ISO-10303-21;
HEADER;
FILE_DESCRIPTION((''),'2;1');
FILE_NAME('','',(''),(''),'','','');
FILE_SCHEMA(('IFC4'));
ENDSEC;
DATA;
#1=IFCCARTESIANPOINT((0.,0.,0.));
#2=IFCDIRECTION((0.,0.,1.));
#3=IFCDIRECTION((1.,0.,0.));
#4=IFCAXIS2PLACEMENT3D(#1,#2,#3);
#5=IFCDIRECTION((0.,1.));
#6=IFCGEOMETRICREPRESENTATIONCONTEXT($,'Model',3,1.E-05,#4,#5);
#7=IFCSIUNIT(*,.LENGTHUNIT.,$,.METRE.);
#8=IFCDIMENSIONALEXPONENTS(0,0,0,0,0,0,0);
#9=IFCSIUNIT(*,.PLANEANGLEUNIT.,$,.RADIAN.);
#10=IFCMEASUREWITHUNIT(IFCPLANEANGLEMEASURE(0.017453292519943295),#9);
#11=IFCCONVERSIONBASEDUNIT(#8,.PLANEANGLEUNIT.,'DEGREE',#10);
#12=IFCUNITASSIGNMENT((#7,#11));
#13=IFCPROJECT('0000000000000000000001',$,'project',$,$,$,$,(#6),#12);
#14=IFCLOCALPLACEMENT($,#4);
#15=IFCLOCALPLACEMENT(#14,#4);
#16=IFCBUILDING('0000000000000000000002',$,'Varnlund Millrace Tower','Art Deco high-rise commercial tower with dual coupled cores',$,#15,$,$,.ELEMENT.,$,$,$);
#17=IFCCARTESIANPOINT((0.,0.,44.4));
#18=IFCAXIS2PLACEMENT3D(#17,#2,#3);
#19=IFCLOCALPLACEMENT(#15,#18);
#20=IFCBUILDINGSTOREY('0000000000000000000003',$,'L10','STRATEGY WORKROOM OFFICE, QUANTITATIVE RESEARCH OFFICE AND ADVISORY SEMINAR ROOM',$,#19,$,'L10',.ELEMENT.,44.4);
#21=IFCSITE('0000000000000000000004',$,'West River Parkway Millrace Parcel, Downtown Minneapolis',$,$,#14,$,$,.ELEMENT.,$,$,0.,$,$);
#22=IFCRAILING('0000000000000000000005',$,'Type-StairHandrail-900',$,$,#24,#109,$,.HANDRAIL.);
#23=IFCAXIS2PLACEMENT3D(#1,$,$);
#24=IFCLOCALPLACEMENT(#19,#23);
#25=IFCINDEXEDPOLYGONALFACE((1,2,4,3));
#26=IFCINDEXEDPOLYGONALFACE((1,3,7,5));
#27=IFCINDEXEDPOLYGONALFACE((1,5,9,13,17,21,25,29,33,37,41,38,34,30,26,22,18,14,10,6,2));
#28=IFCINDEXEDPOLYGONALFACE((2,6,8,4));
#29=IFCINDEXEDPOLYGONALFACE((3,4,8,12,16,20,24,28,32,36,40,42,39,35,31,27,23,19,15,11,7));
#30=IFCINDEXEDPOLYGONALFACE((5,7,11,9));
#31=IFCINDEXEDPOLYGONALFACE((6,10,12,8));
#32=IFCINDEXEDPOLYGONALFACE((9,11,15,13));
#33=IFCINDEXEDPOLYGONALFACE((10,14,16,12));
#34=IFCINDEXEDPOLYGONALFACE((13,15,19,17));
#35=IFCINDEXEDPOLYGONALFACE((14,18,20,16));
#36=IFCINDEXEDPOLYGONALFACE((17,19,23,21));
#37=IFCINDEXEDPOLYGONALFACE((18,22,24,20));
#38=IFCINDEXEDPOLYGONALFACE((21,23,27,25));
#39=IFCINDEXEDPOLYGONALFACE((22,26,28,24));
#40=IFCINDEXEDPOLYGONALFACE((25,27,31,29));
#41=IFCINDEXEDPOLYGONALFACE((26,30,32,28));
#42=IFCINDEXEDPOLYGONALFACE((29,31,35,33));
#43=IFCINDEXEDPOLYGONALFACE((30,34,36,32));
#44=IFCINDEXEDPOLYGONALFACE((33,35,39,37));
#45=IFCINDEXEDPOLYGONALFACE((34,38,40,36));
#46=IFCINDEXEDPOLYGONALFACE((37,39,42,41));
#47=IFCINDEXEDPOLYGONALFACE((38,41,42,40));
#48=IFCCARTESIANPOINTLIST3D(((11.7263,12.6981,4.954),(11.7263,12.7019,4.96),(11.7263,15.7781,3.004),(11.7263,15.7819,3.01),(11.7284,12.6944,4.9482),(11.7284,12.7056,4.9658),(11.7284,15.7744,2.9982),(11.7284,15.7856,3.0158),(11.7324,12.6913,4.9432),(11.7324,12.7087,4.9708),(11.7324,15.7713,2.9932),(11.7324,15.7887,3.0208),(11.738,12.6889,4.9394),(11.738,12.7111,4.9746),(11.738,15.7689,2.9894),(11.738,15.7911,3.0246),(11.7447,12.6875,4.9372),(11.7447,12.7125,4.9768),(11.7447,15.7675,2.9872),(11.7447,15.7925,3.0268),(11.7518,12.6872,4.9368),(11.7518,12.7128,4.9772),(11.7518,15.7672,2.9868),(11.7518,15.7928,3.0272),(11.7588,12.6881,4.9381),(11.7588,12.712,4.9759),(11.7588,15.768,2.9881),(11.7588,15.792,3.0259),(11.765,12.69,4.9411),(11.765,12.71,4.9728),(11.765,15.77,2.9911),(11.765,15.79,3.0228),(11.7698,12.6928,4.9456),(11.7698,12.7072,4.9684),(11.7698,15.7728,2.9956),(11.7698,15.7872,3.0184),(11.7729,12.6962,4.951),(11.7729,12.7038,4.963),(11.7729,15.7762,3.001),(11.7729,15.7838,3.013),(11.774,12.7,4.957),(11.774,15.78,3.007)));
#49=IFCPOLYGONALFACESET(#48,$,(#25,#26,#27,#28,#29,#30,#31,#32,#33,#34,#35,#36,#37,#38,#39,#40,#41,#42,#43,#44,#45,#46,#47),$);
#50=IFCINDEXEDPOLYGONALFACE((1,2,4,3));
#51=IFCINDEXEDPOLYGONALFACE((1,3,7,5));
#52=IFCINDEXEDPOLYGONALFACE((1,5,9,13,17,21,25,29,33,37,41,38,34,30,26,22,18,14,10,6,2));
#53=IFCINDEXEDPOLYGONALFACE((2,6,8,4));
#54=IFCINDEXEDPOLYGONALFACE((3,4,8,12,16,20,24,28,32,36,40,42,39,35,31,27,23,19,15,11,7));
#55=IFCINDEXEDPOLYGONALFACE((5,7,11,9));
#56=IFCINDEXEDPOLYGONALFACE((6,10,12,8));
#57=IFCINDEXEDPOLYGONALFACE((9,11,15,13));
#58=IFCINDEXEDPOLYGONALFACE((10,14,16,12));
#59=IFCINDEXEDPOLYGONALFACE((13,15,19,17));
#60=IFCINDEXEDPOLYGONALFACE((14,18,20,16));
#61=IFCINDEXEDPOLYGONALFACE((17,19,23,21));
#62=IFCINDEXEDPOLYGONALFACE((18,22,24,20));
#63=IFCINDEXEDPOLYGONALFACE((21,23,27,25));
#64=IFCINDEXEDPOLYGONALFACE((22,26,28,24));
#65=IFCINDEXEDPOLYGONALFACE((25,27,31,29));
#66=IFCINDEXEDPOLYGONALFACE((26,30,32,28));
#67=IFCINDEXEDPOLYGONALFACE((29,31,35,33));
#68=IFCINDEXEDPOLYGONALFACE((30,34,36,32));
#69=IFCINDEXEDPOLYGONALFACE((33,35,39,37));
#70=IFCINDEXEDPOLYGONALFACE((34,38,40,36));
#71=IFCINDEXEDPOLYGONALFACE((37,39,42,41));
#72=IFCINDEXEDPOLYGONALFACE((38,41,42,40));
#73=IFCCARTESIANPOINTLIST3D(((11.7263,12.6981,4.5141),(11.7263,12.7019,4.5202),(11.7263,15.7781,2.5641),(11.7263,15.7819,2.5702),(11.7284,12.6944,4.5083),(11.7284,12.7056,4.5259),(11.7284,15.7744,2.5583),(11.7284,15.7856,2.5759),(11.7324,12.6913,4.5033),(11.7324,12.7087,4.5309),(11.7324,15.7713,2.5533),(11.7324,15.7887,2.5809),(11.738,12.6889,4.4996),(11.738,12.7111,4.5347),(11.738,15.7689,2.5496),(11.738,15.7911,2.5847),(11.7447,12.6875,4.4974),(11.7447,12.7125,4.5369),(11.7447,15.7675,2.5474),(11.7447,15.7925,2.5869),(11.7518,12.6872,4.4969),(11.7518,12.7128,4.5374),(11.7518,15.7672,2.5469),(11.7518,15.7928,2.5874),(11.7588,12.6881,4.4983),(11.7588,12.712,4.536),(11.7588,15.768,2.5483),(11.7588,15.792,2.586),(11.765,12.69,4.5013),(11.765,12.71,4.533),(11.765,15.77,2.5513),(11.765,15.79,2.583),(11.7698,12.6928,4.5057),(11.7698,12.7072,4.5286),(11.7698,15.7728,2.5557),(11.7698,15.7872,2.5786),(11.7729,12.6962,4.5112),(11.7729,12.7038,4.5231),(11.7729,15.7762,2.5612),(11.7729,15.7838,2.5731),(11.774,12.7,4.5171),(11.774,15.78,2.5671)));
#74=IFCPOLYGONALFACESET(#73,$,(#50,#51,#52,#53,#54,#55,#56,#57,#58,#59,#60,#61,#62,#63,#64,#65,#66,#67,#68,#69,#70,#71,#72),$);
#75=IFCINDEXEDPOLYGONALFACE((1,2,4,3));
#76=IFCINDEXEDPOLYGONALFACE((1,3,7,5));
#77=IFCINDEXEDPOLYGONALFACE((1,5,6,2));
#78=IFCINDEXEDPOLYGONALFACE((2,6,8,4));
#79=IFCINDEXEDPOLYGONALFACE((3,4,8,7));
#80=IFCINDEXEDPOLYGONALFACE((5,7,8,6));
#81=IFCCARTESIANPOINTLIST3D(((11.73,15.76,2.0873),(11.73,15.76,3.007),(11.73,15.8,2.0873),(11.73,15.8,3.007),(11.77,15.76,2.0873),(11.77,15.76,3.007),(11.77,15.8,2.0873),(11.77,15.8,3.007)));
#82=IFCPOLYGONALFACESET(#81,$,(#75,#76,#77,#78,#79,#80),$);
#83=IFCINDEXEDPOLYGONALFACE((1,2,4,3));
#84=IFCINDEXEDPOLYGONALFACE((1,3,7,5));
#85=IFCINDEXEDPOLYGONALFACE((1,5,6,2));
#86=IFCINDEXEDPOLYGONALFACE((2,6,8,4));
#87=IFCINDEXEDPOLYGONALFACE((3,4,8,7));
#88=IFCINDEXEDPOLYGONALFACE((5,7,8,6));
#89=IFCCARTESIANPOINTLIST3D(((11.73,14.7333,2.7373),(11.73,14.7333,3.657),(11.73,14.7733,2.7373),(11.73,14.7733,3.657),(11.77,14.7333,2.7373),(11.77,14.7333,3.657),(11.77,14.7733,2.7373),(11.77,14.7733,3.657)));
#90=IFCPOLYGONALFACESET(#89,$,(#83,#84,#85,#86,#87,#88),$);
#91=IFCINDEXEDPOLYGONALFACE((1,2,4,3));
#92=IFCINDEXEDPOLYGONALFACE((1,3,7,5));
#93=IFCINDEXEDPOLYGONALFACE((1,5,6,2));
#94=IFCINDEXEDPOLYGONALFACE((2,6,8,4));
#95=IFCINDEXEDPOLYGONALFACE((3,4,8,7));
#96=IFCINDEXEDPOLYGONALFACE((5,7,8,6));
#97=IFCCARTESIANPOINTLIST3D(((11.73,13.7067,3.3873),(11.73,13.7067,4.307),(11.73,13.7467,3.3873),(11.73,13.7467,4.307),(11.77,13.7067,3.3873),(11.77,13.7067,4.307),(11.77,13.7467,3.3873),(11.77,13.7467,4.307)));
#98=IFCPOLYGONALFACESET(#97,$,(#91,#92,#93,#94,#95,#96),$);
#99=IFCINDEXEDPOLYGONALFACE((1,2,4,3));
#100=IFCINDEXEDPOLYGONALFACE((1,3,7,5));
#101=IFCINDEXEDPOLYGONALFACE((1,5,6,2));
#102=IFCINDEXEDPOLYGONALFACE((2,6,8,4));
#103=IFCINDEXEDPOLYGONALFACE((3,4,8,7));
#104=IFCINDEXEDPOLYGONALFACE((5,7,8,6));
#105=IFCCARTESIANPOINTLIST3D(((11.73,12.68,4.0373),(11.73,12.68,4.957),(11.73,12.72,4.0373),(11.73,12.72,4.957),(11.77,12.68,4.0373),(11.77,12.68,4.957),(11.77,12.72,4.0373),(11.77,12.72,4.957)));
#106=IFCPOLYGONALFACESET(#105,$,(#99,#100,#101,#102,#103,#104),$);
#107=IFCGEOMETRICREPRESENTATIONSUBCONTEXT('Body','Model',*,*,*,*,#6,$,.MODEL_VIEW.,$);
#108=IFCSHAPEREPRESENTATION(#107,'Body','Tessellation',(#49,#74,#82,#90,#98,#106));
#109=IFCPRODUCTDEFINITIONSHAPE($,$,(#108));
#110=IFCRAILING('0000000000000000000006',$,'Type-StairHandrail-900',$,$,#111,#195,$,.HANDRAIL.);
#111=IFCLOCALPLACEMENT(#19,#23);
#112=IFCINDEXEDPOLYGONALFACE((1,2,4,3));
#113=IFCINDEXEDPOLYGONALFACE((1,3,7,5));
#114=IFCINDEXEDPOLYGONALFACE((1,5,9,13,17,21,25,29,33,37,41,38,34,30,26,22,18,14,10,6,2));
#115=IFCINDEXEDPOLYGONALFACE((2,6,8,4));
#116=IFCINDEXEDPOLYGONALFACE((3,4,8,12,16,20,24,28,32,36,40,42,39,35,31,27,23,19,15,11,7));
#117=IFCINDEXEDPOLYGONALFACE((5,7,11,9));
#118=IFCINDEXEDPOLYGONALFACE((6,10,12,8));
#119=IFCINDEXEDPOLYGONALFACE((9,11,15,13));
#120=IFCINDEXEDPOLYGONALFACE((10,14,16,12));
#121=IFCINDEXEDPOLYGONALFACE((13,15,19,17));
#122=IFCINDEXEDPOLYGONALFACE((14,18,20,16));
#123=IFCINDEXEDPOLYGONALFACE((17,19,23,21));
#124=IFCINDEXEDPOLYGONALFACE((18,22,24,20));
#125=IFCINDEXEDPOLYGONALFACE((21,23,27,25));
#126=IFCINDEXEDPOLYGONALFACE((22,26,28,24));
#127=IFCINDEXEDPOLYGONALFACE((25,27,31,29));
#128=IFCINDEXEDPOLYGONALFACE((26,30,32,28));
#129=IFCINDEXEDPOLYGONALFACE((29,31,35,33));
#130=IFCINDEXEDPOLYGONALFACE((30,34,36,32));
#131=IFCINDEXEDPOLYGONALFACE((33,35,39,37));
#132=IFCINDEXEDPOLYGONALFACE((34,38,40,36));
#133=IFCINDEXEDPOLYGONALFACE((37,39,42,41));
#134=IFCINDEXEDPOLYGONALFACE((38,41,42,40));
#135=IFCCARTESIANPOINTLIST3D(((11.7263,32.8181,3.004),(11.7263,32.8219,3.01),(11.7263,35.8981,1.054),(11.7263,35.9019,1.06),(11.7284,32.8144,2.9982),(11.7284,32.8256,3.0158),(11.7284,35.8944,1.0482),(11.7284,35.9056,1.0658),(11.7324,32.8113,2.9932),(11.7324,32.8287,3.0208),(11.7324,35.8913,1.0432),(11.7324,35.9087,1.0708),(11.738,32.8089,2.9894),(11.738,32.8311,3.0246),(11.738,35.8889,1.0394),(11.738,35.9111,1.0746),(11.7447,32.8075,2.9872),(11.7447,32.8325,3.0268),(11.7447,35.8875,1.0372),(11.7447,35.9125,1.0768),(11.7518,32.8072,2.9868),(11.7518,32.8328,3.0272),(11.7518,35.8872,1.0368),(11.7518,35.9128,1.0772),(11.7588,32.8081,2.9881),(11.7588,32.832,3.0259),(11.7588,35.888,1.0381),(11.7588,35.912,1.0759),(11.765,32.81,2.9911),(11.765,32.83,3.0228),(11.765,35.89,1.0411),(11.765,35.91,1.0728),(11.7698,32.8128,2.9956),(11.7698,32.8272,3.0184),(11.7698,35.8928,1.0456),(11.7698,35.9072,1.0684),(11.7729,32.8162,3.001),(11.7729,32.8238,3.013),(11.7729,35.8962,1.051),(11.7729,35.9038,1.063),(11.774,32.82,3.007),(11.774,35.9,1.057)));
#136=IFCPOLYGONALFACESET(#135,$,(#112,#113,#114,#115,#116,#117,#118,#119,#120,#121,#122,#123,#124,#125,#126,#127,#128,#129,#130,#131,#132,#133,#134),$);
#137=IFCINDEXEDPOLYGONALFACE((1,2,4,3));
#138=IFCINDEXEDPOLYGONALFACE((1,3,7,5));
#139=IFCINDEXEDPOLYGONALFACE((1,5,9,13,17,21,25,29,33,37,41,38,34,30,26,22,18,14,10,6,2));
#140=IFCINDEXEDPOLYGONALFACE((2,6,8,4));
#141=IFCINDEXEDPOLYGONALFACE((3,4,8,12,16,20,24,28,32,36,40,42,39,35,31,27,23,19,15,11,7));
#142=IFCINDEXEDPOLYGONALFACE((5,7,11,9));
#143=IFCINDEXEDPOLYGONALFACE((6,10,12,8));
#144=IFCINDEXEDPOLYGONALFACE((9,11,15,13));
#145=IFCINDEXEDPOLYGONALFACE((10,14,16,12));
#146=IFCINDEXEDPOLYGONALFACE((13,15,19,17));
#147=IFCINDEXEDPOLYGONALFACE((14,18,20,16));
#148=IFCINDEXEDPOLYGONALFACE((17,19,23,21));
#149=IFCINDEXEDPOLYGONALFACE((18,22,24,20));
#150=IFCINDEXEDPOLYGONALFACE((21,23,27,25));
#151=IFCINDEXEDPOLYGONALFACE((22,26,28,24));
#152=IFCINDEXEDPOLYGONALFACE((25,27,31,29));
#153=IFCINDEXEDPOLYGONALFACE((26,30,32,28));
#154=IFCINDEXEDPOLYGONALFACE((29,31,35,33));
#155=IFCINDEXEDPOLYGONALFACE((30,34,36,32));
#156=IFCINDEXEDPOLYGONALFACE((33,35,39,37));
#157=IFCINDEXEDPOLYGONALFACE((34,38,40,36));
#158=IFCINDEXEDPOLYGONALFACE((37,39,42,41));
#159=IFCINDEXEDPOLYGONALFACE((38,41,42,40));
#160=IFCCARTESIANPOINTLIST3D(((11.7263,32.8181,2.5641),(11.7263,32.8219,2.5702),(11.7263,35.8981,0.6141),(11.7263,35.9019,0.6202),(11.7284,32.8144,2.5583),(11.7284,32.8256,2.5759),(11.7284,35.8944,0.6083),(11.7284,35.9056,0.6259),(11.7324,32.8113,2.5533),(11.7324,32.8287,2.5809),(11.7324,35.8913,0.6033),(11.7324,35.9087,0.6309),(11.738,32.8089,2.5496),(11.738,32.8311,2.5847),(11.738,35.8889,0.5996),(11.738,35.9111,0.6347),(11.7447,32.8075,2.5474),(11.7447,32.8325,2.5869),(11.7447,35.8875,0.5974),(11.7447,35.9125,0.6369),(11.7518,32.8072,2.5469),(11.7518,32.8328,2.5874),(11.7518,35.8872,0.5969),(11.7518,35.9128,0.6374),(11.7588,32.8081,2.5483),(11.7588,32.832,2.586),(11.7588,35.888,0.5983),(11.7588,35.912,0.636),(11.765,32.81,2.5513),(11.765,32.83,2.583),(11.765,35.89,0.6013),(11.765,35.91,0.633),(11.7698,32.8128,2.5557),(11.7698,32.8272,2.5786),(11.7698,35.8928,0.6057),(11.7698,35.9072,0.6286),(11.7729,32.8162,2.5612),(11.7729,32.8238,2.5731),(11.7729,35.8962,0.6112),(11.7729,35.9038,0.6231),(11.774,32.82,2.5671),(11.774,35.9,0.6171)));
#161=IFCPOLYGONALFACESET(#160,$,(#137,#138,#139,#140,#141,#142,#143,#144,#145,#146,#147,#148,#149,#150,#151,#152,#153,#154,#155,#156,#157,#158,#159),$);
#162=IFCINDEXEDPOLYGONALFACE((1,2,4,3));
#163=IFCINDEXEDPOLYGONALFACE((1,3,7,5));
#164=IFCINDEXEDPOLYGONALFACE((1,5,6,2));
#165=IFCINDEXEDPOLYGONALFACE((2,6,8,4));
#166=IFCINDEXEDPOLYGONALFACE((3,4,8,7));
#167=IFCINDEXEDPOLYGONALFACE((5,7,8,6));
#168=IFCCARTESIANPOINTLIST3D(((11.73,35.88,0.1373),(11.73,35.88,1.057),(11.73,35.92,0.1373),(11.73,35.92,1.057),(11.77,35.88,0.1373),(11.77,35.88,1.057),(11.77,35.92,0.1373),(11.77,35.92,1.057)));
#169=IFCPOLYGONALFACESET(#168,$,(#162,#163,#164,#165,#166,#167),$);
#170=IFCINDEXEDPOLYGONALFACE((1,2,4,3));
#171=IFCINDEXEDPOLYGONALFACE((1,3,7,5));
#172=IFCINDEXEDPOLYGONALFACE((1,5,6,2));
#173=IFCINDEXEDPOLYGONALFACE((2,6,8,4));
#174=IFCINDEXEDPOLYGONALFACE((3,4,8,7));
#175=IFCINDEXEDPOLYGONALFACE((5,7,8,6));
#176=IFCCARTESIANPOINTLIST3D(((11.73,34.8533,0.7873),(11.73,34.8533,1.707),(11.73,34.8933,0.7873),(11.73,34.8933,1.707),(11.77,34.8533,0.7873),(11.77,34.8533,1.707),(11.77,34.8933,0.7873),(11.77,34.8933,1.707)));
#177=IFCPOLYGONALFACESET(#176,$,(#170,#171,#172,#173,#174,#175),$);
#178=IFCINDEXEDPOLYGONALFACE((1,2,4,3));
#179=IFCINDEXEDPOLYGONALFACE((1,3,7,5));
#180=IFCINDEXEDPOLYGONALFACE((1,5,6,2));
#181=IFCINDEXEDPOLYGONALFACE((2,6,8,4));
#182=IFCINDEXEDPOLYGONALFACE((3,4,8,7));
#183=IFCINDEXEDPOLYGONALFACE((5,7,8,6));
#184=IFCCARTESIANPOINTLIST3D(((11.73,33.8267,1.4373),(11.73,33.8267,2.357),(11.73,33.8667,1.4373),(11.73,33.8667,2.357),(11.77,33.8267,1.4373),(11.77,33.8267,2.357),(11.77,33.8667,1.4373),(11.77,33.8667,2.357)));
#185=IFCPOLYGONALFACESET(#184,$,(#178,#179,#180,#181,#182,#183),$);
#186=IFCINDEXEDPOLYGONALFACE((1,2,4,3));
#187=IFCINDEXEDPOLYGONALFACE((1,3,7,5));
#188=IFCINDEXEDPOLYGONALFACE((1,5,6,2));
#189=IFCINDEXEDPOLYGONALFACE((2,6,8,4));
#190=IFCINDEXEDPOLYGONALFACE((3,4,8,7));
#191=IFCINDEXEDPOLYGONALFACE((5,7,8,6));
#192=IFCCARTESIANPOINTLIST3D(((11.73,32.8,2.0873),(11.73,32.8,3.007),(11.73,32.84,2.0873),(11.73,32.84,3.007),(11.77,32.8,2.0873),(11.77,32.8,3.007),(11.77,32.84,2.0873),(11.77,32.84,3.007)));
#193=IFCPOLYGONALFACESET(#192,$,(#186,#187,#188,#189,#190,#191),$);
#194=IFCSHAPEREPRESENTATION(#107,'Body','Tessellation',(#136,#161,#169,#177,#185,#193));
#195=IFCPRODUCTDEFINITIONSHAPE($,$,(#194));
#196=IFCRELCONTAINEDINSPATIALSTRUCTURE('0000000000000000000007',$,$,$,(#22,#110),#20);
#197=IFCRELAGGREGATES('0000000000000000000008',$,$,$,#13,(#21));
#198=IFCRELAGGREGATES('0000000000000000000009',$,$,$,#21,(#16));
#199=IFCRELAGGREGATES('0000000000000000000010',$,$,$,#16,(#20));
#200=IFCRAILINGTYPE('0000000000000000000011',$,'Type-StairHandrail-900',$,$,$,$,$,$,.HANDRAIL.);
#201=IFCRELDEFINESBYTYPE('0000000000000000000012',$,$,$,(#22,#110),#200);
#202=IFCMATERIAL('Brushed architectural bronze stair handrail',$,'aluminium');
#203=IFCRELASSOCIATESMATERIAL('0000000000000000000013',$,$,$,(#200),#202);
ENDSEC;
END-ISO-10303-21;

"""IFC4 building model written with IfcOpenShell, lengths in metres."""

from ifc_helpers import new_model, entity, si_unit, converted_unit, direction, frame, origin_with_axes, origin_2d_with_axis, place, context, subcontext, project, spatial, rectangle, circle, extrude, material, type_object, element, save


model = new_model("IFC4")

# Units and contexts
model_context = context("Model", 3, precision=1e-05, world=origin_with_axes(), true_north=direction((0.0, 1.0)))
body_context = subcontext(model_context, "Body", "Model", "MODEL_VIEW")
ifc_project = project(units=[si_unit("LENGTHUNIT", "METRE"), converted_unit("PLANEANGLEUNIT", "DEGREE", entity("IfcPlaneAngleMeasure", 0.017453292519943295), si_unit("PLANEANGLEUNIT", "RADIAN"), dimensions=[0, 0, 0, 0, 0, 0, 0])], contexts=[model_context])

# Site, building, storey
site_placement = place(None, origin_with_axes())
site = spatial("IfcSite", under=ifc_project, at=site_placement, Name="West River Parkway Millrace Parcel, Downtown Minneapolis", CompositionType="ELEMENT", RefElevation=0.0)
building_placement = place(site_placement, origin_with_axes())
building = spatial("IfcBuilding", under=site, at=building_placement, Name="Varnlund Millrace Tower", Description="Art Deco high-rise commercial tower with dual coupled cores", CompositionType="ELEMENT")
storey_placement = place(building_placement, frame((0.0, 0.0, 44.4), z_axis=(0.0, 0.0, 1.0), x_axis=(1.0, 0.0, 0.0)))
storey = spatial("IfcBuildingStorey", under=building, at=storey_placement, Name="L10", Description="STRATEGY WORKROOM OFFICE, QUANTITATIVE RESEARCH OFFICE AND ADVISORY SEMINAR ROOM", LongName="L10", CompositionType="ELEMENT", Elevation=44.4)

# Railings
ifc_material_1 = material(Name="Brushed architectural bronze stair handrail", Category="aluminium")
railing_type_1 = type_object("IfcRailingType", Name="Type-StairHandrail-900", PredefinedType="HANDRAIL", material=ifc_material_1)
railing_1_placement = place(storey_placement, frame((0.0, 0.0, -44.4), z_axis=(0.0, 0.0, 1.0), x_axis=(1.0, 0.0, 0.0)))
element("IfcRailing", 1, at=railing_1_placement, inside=storey, type_object=railing_type_1, Name="Type-StairHandrail-900", PredefinedType="HANDRAIL", context=body_context, shape_type="SweptSolid", body=[
    extrude(circle(Radius=0.024, at=origin_2d_with_axis()), frame((11.75, 15.78, 47.407), z_axis=(0.0, -0.844902, 0.534922), x_axis=(1.0, 0.0, 0.0)), (0.0, 0.0, 1.0), 3.6454),
    extrude(circle(Radius=0.024, at=origin_2d_with_axis()), frame((11.75, 15.78, 46.9671), z_axis=(0.0, -0.844902, 0.534922), x_axis=(1.0, 0.0, 0.0)), (0.0, 0.0, 1.0), 3.6454),
    extrude(rectangle(XDim=0.04, YDim=0.04, at=origin_2d_with_axis()), frame((11.75, 15.78, 46.4873), z_axis=(0.0, 0.0, 1.0), x_axis=(1.0, 0.0, 0.0)), (0.0, 0.0, 1.0), 0.9197),
    extrude(rectangle(XDim=0.04, YDim=0.04, at=origin_2d_with_axis()), frame((11.75, 14.7533, 47.1373), z_axis=(0.0, 0.0, 1.0), x_axis=(1.0, 0.0, 0.0)), (0.0, 0.0, 1.0), 0.9197),
    extrude(rectangle(XDim=0.04, YDim=0.04, at=origin_2d_with_axis()), frame((11.75, 13.7267, 47.7873), z_axis=(0.0, 0.0, 1.0), x_axis=(1.0, 0.0, 0.0)), (0.0, 0.0, 1.0), 0.9197),
    extrude(rectangle(XDim=0.04, YDim=0.04, at=origin_2d_with_axis()), frame((11.75, 12.7, 48.4373), z_axis=(0.0, 0.0, 1.0), x_axis=(1.0, 0.0, 0.0)), (0.0, 0.0, 1.0), 0.9197),
])
railing_2_placement = place(storey_placement, frame((0.0, 0.0, -44.4), z_axis=(0.0, 0.0, 1.0), x_axis=(1.0, 0.0, 0.0)))
element("IfcRailing", 2, at=railing_2_placement, inside=storey, type_object=railing_type_1, Name="Type-StairHandrail-900", PredefinedType="HANDRAIL", context=body_context, shape_type="SweptSolid", body=[
    extrude(circle(Radius=0.024, at=origin_2d_with_axis()), frame((11.75, 35.9, 45.457), z_axis=(0.0, -0.844902, 0.534922), x_axis=(1.0, 0.0, 0.0)), (0.0, 0.0, 1.0), 3.6454),
    extrude(circle(Radius=0.024, at=origin_2d_with_axis()), frame((11.75, 35.9, 45.0171), z_axis=(0.0, -0.844902, 0.534922), x_axis=(1.0, 0.0, 0.0)), (0.0, 0.0, 1.0), 3.6454),
    extrude(rectangle(XDim=0.04, YDim=0.04, at=origin_2d_with_axis()), frame((11.75, 35.9, 44.5373), z_axis=(0.0, 0.0, 1.0), x_axis=(1.0, 0.0, 0.0)), (0.0, 0.0, 1.0), 0.9197),
    extrude(rectangle(XDim=0.04, YDim=0.04, at=origin_2d_with_axis()), frame((11.75, 34.8733, 45.1873), z_axis=(0.0, 0.0, 1.0), x_axis=(1.0, 0.0, 0.0)), (0.0, 0.0, 1.0), 0.9197),
    extrude(rectangle(XDim=0.04, YDim=0.04, at=origin_2d_with_axis()), frame((11.75, 33.8467, 45.8373), z_axis=(0.0, 0.0, 1.0), x_axis=(1.0, 0.0, 0.0)), (0.0, 0.0, 1.0), 0.9197),
    extrude(rectangle(XDim=0.04, YDim=0.04, at=origin_2d_with_axis()), frame((11.75, 32.82, 46.4873), z_axis=(0.0, 0.0, 1.0), x_axis=(1.0, 0.0, 0.0)), (0.0, 0.0, 1.0), 0.9197),
])

save(model, "model.ifc")
